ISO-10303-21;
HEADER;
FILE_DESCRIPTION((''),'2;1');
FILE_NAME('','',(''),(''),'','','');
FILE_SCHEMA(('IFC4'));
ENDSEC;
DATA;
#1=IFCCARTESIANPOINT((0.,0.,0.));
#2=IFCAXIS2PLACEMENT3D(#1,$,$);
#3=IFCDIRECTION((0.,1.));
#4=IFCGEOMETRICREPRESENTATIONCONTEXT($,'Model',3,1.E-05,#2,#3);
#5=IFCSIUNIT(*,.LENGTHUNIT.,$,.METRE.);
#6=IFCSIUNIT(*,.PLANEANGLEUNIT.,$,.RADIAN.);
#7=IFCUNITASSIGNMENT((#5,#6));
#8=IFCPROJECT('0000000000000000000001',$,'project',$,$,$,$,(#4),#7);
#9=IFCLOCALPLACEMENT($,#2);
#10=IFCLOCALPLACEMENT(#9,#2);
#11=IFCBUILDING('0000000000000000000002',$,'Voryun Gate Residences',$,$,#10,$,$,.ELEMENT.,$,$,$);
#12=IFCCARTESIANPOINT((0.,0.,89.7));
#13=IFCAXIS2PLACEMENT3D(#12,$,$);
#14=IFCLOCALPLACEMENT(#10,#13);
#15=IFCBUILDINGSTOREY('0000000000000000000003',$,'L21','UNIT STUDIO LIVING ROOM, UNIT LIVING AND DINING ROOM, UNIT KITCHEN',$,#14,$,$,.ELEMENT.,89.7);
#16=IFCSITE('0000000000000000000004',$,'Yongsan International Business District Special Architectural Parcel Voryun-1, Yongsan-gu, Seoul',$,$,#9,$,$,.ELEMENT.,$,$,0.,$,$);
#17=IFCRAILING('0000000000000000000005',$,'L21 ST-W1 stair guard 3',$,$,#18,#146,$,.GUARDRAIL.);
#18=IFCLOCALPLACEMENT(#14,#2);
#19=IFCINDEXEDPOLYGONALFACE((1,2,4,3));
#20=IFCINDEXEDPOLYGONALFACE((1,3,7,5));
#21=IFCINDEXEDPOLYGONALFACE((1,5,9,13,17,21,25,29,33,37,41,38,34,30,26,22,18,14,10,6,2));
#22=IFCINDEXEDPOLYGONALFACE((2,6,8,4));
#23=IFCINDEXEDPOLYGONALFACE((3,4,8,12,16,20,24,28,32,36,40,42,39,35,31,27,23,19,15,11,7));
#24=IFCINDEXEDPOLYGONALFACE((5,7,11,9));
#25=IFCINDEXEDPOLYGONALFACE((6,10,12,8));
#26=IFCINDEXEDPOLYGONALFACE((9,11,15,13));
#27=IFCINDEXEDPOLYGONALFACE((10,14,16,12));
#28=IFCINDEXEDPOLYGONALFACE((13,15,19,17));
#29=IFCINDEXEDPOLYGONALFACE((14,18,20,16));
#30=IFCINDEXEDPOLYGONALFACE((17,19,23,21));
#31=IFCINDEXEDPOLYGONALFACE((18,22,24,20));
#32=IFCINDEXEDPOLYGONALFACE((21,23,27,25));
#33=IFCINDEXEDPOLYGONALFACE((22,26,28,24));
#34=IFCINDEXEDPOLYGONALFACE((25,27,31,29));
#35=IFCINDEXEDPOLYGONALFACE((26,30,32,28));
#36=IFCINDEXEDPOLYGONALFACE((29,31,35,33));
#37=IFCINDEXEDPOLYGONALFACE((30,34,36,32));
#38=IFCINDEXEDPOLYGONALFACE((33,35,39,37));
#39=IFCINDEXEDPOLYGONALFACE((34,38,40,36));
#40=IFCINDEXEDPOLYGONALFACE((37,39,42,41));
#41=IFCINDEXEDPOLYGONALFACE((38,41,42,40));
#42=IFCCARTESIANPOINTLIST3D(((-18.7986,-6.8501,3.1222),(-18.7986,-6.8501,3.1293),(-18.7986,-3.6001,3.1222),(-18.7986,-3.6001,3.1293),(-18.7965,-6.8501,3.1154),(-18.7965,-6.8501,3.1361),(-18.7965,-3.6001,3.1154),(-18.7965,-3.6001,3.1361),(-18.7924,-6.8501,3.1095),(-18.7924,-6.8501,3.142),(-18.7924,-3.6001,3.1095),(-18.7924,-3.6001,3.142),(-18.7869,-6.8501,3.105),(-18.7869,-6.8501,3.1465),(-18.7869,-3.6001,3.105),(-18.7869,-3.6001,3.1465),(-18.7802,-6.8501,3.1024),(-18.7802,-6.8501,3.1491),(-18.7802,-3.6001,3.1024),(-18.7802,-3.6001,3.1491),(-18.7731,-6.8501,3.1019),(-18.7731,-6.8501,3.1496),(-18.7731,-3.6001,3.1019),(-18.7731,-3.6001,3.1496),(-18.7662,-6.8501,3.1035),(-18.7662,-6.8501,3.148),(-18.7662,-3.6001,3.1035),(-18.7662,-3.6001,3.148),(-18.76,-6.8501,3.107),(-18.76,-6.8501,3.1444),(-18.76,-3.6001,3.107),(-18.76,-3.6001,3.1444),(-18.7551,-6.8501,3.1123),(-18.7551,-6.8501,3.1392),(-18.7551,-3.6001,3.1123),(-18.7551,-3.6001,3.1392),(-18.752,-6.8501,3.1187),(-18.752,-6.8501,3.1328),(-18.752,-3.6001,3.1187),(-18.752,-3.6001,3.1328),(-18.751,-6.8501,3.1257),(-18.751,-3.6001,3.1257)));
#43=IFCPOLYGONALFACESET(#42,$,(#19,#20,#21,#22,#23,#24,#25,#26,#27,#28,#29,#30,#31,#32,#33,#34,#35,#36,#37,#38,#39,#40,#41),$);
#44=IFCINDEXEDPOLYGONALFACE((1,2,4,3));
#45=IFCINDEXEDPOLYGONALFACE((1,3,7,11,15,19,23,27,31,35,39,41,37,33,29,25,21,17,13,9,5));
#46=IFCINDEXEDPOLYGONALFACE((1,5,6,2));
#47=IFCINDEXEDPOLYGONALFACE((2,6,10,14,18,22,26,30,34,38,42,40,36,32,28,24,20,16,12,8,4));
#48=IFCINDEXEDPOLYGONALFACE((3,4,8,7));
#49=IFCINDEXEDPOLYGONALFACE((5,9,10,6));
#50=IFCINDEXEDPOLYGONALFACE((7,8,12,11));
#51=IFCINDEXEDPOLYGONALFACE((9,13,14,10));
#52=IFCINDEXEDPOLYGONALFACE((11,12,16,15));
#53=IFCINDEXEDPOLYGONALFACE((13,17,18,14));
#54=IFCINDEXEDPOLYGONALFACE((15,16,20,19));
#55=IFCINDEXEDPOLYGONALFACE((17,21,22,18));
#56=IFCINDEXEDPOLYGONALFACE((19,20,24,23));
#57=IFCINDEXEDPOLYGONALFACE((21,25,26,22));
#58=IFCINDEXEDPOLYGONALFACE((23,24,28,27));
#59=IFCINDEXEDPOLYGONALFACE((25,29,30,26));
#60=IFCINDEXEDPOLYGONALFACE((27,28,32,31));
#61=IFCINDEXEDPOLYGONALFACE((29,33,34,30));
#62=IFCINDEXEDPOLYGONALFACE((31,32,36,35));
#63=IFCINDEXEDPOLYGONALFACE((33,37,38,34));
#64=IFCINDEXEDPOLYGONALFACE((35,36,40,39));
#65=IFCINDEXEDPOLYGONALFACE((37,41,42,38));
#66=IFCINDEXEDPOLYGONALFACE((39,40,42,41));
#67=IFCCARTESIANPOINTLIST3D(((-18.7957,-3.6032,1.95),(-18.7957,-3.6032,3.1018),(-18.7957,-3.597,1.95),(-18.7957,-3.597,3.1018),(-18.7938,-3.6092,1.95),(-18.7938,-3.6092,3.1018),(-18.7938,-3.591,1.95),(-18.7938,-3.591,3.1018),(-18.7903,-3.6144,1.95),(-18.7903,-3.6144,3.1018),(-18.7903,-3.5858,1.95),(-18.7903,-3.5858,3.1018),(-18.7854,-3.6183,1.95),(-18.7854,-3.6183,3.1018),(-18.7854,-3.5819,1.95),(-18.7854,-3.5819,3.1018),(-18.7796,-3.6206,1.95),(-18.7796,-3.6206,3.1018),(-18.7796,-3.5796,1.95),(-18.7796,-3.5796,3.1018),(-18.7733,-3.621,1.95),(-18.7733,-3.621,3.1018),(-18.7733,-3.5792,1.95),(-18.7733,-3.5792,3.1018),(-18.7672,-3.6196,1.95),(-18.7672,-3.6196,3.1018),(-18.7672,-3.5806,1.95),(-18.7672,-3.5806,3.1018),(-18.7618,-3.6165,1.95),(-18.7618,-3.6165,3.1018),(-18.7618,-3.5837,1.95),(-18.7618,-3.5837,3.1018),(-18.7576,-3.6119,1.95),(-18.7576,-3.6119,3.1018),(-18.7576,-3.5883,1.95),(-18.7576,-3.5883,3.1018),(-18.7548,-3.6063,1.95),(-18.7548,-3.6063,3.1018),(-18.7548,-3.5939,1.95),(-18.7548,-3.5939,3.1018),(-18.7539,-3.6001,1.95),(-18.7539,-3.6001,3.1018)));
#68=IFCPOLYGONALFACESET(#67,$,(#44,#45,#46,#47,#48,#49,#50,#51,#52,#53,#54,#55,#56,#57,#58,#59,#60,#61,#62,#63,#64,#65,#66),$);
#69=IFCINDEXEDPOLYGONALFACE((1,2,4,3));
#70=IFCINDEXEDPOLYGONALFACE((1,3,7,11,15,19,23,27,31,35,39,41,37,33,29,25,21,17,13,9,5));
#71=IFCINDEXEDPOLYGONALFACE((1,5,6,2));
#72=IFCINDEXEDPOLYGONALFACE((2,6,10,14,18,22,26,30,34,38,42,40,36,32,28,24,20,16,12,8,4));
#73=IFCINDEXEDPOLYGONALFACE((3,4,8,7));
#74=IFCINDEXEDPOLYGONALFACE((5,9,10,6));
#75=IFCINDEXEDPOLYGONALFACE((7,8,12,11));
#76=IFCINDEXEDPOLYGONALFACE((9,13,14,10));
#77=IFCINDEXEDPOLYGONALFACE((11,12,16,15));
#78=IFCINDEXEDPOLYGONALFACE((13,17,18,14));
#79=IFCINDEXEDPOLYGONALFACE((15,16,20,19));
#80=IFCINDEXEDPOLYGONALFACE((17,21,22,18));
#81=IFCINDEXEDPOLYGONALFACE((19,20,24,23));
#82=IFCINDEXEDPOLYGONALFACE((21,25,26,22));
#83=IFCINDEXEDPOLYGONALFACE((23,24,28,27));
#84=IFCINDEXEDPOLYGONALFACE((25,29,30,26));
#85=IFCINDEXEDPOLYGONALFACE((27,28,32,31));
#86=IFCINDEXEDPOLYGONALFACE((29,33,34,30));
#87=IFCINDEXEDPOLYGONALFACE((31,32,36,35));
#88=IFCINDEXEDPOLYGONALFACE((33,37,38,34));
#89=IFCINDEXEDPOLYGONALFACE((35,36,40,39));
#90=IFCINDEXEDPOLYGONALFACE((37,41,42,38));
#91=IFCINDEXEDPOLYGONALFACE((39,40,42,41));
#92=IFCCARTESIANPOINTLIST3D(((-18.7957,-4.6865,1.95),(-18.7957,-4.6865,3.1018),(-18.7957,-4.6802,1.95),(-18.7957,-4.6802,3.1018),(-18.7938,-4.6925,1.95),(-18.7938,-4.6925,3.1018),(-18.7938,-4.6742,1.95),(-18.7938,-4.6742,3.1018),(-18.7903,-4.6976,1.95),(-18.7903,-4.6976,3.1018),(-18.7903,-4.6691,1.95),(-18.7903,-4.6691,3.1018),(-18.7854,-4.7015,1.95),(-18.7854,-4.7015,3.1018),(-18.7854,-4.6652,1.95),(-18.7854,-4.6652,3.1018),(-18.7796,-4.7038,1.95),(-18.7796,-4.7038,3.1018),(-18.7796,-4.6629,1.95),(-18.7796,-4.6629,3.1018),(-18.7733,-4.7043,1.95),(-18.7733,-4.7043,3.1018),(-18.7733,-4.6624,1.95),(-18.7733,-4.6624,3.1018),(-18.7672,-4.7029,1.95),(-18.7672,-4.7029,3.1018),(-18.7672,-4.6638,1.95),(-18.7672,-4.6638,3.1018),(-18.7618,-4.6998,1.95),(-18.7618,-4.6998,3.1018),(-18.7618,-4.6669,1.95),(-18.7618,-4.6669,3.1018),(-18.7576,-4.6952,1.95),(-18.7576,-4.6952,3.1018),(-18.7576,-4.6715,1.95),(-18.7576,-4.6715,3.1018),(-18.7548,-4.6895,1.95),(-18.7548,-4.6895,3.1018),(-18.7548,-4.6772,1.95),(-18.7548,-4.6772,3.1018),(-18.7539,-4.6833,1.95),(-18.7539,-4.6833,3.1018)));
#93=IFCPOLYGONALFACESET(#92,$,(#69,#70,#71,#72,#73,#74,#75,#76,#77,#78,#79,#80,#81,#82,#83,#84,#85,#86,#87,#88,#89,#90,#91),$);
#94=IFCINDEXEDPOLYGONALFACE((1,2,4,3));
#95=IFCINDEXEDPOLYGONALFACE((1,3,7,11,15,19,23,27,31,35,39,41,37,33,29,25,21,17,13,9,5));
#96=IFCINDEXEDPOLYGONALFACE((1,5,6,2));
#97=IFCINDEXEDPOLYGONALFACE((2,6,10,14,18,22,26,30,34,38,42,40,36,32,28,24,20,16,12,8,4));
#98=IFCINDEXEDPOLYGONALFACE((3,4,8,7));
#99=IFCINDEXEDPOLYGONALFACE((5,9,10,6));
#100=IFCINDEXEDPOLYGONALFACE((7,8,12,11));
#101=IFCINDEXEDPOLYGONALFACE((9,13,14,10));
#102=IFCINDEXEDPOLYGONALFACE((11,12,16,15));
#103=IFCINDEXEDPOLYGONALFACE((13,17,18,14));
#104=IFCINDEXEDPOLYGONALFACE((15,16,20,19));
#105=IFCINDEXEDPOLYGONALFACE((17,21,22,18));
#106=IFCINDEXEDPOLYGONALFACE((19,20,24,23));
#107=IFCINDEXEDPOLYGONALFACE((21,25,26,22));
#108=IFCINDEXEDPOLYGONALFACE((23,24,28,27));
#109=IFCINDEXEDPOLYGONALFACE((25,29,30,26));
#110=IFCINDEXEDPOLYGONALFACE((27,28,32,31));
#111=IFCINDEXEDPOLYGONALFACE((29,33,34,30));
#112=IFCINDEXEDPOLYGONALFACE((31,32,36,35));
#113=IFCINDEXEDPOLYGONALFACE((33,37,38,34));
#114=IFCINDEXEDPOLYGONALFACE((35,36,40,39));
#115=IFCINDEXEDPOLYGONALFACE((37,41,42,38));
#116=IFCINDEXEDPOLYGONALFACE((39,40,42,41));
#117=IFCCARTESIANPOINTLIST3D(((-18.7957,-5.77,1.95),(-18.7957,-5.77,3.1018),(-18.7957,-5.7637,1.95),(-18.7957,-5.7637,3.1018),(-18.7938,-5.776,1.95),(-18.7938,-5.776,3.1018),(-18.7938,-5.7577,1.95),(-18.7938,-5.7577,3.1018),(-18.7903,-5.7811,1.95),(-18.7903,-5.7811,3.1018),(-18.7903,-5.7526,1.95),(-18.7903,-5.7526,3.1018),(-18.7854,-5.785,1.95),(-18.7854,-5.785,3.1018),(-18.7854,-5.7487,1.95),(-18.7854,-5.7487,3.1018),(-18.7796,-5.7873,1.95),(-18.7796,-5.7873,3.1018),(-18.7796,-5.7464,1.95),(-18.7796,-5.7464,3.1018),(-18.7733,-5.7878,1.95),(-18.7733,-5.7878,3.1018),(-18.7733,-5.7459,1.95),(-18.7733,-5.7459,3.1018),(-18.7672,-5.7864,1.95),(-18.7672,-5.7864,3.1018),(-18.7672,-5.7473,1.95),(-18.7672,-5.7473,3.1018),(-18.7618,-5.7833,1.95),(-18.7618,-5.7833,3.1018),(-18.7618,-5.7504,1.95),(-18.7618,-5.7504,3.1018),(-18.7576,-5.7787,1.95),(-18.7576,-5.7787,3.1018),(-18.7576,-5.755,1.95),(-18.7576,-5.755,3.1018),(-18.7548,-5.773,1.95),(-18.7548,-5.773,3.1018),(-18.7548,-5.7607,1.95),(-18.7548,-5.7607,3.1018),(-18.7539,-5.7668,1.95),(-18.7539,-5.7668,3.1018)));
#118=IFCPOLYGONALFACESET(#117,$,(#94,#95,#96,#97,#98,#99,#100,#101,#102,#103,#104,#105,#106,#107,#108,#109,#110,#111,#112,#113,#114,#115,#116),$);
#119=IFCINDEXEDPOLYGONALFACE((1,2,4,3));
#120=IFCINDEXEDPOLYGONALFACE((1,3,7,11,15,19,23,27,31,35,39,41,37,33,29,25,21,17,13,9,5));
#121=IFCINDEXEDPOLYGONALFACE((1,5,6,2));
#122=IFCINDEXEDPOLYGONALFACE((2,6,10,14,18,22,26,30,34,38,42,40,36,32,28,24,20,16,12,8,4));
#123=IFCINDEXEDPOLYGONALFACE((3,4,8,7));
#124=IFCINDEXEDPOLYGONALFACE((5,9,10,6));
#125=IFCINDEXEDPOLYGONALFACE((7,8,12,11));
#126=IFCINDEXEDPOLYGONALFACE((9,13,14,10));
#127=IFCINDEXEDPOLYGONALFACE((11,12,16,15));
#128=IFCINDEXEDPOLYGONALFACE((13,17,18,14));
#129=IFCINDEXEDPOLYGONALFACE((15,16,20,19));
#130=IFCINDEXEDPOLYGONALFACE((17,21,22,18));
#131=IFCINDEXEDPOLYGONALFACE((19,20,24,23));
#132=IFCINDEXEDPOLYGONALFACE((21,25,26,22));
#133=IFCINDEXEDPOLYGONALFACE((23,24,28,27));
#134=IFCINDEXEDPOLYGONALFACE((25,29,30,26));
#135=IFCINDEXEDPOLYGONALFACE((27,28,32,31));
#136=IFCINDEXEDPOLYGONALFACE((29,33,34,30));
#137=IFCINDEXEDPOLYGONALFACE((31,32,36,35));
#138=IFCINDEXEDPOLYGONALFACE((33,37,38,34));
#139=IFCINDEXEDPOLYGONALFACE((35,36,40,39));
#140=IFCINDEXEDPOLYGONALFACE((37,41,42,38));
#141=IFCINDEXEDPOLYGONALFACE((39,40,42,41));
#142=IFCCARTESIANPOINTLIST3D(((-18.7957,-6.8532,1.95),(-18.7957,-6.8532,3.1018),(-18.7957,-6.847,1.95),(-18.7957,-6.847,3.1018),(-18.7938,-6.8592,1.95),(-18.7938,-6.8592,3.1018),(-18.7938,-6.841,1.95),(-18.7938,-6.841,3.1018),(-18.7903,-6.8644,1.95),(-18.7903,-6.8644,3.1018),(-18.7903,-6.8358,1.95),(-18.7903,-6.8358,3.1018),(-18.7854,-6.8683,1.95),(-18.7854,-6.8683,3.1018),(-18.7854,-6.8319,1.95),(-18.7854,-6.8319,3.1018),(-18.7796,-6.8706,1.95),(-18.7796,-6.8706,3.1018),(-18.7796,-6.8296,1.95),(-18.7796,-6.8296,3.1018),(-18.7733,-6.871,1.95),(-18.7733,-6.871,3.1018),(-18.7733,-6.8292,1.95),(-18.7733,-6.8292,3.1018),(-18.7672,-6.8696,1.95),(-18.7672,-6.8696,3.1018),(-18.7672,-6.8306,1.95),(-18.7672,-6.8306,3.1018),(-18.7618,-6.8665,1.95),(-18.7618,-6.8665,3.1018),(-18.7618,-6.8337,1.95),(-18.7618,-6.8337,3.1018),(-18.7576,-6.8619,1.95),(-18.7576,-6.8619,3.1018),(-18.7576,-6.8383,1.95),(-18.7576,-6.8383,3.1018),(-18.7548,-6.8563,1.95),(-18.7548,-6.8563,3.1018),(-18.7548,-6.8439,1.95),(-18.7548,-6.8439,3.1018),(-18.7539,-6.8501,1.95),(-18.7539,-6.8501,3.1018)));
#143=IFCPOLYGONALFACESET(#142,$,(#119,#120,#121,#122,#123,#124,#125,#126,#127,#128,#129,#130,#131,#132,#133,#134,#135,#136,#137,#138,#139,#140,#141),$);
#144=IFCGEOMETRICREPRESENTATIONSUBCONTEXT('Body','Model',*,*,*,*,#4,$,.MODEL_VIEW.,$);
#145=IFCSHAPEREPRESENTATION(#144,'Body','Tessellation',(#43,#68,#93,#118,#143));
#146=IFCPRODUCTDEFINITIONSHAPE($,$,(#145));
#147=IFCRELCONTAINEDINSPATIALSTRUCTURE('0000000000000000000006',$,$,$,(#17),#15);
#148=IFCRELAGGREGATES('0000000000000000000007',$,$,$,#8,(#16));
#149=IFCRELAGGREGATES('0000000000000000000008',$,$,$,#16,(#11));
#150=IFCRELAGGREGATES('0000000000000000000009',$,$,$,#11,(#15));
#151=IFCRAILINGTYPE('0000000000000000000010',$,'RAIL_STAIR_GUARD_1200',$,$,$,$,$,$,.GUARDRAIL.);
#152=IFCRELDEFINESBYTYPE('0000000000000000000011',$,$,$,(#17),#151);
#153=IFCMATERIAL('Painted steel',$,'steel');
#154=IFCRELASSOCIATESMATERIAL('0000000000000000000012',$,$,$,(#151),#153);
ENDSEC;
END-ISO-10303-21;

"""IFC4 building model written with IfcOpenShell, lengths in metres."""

from ifc_helpers import new_model, si_unit, direction, frame, origin, origin_2d, place, context, subcontext, project, spatial, circle, extrude, material, type_object, element, save


model = new_model("IFC4")

# Units and contexts
model_context = context("Model", 3, precision=1e-05, world=origin(), true_north=direction((0.0, 1.0)))
body_context = subcontext(model_context, "Body", "Model", "MODEL_VIEW")
ifc_project = project(units=[si_unit("LENGTHUNIT", "METRE"), si_unit("PLANEANGLEUNIT", "RADIAN")], contexts=[model_context])

# Site, building, storey
site_placement = place(None, origin())
site = spatial("IfcSite", under=ifc_project, at=site_placement, Name="Yongsan International Business District Special Architectural Parcel Voryun-1, Yongsan-gu, Seoul", CompositionType="ELEMENT", RefElevation=0.0)
building_placement = place(site_placement, origin())
building = spatial("IfcBuilding", under=site, at=building_placement, Name="Voryun Gate Residences", CompositionType="ELEMENT")
storey_placement = place(building_placement, frame((0.0, 0.0, 89.7)))
storey = spatial("IfcBuildingStorey", under=building, at=storey_placement, Name="L21", Description="UNIT STUDIO LIVING ROOM, UNIT LIVING AND DINING ROOM, UNIT KITCHEN", CompositionType="ELEMENT", Elevation=89.7)

# Railing
ifc_material_1 = material(Name="Painted steel", Category="steel")
railing_type_1 = type_object("IfcRailingType", Name="RAIL_STAIR_GUARD_1200", PredefinedType="GUARDRAIL", material=ifc_material_1)
railing_1_placement = place(storey_placement, frame((-18.7749, -3.6001, 1.95)))
element("IfcRailing", 1, at=railing_1_placement, inside=storey, type_object=railing_type_1, Name="L21 ST-W1 stair guard 3", PredefinedType="GUARDRAIL", context=body_context, shape_type="SweptSolid", body=[
    extrude(circle(Radius=0.0239, at=origin_2d()), frame((0.0, 0.0, 1.1758), z_axis=(0.0, -1.0, 0.0), x_axis=(1.0, 0.0, 0.0)), (0.0, 0.0, 1.0), 3.25),
    extrude(circle(Radius=0.021, at=origin_2d()), origin(), (0.0, 0.0, 1.0), 1.1519),
    extrude(circle(Radius=0.021, at=origin_2d()), frame((0.0, -1.0833, 0.0)), (0.0, 0.0, 1.0), 1.1519),
    extrude(circle(Radius=0.021, at=origin_2d()), frame((0.0, -2.1667, 0.0)), (0.0, 0.0, 1.0), 1.1519),
    extrude(circle(Radius=0.021, at=origin_2d()), frame((0.0, -3.25, 0.0)), (0.0, 0.0, 1.0), 1.1519),
])

save(model, "model.ifc")
